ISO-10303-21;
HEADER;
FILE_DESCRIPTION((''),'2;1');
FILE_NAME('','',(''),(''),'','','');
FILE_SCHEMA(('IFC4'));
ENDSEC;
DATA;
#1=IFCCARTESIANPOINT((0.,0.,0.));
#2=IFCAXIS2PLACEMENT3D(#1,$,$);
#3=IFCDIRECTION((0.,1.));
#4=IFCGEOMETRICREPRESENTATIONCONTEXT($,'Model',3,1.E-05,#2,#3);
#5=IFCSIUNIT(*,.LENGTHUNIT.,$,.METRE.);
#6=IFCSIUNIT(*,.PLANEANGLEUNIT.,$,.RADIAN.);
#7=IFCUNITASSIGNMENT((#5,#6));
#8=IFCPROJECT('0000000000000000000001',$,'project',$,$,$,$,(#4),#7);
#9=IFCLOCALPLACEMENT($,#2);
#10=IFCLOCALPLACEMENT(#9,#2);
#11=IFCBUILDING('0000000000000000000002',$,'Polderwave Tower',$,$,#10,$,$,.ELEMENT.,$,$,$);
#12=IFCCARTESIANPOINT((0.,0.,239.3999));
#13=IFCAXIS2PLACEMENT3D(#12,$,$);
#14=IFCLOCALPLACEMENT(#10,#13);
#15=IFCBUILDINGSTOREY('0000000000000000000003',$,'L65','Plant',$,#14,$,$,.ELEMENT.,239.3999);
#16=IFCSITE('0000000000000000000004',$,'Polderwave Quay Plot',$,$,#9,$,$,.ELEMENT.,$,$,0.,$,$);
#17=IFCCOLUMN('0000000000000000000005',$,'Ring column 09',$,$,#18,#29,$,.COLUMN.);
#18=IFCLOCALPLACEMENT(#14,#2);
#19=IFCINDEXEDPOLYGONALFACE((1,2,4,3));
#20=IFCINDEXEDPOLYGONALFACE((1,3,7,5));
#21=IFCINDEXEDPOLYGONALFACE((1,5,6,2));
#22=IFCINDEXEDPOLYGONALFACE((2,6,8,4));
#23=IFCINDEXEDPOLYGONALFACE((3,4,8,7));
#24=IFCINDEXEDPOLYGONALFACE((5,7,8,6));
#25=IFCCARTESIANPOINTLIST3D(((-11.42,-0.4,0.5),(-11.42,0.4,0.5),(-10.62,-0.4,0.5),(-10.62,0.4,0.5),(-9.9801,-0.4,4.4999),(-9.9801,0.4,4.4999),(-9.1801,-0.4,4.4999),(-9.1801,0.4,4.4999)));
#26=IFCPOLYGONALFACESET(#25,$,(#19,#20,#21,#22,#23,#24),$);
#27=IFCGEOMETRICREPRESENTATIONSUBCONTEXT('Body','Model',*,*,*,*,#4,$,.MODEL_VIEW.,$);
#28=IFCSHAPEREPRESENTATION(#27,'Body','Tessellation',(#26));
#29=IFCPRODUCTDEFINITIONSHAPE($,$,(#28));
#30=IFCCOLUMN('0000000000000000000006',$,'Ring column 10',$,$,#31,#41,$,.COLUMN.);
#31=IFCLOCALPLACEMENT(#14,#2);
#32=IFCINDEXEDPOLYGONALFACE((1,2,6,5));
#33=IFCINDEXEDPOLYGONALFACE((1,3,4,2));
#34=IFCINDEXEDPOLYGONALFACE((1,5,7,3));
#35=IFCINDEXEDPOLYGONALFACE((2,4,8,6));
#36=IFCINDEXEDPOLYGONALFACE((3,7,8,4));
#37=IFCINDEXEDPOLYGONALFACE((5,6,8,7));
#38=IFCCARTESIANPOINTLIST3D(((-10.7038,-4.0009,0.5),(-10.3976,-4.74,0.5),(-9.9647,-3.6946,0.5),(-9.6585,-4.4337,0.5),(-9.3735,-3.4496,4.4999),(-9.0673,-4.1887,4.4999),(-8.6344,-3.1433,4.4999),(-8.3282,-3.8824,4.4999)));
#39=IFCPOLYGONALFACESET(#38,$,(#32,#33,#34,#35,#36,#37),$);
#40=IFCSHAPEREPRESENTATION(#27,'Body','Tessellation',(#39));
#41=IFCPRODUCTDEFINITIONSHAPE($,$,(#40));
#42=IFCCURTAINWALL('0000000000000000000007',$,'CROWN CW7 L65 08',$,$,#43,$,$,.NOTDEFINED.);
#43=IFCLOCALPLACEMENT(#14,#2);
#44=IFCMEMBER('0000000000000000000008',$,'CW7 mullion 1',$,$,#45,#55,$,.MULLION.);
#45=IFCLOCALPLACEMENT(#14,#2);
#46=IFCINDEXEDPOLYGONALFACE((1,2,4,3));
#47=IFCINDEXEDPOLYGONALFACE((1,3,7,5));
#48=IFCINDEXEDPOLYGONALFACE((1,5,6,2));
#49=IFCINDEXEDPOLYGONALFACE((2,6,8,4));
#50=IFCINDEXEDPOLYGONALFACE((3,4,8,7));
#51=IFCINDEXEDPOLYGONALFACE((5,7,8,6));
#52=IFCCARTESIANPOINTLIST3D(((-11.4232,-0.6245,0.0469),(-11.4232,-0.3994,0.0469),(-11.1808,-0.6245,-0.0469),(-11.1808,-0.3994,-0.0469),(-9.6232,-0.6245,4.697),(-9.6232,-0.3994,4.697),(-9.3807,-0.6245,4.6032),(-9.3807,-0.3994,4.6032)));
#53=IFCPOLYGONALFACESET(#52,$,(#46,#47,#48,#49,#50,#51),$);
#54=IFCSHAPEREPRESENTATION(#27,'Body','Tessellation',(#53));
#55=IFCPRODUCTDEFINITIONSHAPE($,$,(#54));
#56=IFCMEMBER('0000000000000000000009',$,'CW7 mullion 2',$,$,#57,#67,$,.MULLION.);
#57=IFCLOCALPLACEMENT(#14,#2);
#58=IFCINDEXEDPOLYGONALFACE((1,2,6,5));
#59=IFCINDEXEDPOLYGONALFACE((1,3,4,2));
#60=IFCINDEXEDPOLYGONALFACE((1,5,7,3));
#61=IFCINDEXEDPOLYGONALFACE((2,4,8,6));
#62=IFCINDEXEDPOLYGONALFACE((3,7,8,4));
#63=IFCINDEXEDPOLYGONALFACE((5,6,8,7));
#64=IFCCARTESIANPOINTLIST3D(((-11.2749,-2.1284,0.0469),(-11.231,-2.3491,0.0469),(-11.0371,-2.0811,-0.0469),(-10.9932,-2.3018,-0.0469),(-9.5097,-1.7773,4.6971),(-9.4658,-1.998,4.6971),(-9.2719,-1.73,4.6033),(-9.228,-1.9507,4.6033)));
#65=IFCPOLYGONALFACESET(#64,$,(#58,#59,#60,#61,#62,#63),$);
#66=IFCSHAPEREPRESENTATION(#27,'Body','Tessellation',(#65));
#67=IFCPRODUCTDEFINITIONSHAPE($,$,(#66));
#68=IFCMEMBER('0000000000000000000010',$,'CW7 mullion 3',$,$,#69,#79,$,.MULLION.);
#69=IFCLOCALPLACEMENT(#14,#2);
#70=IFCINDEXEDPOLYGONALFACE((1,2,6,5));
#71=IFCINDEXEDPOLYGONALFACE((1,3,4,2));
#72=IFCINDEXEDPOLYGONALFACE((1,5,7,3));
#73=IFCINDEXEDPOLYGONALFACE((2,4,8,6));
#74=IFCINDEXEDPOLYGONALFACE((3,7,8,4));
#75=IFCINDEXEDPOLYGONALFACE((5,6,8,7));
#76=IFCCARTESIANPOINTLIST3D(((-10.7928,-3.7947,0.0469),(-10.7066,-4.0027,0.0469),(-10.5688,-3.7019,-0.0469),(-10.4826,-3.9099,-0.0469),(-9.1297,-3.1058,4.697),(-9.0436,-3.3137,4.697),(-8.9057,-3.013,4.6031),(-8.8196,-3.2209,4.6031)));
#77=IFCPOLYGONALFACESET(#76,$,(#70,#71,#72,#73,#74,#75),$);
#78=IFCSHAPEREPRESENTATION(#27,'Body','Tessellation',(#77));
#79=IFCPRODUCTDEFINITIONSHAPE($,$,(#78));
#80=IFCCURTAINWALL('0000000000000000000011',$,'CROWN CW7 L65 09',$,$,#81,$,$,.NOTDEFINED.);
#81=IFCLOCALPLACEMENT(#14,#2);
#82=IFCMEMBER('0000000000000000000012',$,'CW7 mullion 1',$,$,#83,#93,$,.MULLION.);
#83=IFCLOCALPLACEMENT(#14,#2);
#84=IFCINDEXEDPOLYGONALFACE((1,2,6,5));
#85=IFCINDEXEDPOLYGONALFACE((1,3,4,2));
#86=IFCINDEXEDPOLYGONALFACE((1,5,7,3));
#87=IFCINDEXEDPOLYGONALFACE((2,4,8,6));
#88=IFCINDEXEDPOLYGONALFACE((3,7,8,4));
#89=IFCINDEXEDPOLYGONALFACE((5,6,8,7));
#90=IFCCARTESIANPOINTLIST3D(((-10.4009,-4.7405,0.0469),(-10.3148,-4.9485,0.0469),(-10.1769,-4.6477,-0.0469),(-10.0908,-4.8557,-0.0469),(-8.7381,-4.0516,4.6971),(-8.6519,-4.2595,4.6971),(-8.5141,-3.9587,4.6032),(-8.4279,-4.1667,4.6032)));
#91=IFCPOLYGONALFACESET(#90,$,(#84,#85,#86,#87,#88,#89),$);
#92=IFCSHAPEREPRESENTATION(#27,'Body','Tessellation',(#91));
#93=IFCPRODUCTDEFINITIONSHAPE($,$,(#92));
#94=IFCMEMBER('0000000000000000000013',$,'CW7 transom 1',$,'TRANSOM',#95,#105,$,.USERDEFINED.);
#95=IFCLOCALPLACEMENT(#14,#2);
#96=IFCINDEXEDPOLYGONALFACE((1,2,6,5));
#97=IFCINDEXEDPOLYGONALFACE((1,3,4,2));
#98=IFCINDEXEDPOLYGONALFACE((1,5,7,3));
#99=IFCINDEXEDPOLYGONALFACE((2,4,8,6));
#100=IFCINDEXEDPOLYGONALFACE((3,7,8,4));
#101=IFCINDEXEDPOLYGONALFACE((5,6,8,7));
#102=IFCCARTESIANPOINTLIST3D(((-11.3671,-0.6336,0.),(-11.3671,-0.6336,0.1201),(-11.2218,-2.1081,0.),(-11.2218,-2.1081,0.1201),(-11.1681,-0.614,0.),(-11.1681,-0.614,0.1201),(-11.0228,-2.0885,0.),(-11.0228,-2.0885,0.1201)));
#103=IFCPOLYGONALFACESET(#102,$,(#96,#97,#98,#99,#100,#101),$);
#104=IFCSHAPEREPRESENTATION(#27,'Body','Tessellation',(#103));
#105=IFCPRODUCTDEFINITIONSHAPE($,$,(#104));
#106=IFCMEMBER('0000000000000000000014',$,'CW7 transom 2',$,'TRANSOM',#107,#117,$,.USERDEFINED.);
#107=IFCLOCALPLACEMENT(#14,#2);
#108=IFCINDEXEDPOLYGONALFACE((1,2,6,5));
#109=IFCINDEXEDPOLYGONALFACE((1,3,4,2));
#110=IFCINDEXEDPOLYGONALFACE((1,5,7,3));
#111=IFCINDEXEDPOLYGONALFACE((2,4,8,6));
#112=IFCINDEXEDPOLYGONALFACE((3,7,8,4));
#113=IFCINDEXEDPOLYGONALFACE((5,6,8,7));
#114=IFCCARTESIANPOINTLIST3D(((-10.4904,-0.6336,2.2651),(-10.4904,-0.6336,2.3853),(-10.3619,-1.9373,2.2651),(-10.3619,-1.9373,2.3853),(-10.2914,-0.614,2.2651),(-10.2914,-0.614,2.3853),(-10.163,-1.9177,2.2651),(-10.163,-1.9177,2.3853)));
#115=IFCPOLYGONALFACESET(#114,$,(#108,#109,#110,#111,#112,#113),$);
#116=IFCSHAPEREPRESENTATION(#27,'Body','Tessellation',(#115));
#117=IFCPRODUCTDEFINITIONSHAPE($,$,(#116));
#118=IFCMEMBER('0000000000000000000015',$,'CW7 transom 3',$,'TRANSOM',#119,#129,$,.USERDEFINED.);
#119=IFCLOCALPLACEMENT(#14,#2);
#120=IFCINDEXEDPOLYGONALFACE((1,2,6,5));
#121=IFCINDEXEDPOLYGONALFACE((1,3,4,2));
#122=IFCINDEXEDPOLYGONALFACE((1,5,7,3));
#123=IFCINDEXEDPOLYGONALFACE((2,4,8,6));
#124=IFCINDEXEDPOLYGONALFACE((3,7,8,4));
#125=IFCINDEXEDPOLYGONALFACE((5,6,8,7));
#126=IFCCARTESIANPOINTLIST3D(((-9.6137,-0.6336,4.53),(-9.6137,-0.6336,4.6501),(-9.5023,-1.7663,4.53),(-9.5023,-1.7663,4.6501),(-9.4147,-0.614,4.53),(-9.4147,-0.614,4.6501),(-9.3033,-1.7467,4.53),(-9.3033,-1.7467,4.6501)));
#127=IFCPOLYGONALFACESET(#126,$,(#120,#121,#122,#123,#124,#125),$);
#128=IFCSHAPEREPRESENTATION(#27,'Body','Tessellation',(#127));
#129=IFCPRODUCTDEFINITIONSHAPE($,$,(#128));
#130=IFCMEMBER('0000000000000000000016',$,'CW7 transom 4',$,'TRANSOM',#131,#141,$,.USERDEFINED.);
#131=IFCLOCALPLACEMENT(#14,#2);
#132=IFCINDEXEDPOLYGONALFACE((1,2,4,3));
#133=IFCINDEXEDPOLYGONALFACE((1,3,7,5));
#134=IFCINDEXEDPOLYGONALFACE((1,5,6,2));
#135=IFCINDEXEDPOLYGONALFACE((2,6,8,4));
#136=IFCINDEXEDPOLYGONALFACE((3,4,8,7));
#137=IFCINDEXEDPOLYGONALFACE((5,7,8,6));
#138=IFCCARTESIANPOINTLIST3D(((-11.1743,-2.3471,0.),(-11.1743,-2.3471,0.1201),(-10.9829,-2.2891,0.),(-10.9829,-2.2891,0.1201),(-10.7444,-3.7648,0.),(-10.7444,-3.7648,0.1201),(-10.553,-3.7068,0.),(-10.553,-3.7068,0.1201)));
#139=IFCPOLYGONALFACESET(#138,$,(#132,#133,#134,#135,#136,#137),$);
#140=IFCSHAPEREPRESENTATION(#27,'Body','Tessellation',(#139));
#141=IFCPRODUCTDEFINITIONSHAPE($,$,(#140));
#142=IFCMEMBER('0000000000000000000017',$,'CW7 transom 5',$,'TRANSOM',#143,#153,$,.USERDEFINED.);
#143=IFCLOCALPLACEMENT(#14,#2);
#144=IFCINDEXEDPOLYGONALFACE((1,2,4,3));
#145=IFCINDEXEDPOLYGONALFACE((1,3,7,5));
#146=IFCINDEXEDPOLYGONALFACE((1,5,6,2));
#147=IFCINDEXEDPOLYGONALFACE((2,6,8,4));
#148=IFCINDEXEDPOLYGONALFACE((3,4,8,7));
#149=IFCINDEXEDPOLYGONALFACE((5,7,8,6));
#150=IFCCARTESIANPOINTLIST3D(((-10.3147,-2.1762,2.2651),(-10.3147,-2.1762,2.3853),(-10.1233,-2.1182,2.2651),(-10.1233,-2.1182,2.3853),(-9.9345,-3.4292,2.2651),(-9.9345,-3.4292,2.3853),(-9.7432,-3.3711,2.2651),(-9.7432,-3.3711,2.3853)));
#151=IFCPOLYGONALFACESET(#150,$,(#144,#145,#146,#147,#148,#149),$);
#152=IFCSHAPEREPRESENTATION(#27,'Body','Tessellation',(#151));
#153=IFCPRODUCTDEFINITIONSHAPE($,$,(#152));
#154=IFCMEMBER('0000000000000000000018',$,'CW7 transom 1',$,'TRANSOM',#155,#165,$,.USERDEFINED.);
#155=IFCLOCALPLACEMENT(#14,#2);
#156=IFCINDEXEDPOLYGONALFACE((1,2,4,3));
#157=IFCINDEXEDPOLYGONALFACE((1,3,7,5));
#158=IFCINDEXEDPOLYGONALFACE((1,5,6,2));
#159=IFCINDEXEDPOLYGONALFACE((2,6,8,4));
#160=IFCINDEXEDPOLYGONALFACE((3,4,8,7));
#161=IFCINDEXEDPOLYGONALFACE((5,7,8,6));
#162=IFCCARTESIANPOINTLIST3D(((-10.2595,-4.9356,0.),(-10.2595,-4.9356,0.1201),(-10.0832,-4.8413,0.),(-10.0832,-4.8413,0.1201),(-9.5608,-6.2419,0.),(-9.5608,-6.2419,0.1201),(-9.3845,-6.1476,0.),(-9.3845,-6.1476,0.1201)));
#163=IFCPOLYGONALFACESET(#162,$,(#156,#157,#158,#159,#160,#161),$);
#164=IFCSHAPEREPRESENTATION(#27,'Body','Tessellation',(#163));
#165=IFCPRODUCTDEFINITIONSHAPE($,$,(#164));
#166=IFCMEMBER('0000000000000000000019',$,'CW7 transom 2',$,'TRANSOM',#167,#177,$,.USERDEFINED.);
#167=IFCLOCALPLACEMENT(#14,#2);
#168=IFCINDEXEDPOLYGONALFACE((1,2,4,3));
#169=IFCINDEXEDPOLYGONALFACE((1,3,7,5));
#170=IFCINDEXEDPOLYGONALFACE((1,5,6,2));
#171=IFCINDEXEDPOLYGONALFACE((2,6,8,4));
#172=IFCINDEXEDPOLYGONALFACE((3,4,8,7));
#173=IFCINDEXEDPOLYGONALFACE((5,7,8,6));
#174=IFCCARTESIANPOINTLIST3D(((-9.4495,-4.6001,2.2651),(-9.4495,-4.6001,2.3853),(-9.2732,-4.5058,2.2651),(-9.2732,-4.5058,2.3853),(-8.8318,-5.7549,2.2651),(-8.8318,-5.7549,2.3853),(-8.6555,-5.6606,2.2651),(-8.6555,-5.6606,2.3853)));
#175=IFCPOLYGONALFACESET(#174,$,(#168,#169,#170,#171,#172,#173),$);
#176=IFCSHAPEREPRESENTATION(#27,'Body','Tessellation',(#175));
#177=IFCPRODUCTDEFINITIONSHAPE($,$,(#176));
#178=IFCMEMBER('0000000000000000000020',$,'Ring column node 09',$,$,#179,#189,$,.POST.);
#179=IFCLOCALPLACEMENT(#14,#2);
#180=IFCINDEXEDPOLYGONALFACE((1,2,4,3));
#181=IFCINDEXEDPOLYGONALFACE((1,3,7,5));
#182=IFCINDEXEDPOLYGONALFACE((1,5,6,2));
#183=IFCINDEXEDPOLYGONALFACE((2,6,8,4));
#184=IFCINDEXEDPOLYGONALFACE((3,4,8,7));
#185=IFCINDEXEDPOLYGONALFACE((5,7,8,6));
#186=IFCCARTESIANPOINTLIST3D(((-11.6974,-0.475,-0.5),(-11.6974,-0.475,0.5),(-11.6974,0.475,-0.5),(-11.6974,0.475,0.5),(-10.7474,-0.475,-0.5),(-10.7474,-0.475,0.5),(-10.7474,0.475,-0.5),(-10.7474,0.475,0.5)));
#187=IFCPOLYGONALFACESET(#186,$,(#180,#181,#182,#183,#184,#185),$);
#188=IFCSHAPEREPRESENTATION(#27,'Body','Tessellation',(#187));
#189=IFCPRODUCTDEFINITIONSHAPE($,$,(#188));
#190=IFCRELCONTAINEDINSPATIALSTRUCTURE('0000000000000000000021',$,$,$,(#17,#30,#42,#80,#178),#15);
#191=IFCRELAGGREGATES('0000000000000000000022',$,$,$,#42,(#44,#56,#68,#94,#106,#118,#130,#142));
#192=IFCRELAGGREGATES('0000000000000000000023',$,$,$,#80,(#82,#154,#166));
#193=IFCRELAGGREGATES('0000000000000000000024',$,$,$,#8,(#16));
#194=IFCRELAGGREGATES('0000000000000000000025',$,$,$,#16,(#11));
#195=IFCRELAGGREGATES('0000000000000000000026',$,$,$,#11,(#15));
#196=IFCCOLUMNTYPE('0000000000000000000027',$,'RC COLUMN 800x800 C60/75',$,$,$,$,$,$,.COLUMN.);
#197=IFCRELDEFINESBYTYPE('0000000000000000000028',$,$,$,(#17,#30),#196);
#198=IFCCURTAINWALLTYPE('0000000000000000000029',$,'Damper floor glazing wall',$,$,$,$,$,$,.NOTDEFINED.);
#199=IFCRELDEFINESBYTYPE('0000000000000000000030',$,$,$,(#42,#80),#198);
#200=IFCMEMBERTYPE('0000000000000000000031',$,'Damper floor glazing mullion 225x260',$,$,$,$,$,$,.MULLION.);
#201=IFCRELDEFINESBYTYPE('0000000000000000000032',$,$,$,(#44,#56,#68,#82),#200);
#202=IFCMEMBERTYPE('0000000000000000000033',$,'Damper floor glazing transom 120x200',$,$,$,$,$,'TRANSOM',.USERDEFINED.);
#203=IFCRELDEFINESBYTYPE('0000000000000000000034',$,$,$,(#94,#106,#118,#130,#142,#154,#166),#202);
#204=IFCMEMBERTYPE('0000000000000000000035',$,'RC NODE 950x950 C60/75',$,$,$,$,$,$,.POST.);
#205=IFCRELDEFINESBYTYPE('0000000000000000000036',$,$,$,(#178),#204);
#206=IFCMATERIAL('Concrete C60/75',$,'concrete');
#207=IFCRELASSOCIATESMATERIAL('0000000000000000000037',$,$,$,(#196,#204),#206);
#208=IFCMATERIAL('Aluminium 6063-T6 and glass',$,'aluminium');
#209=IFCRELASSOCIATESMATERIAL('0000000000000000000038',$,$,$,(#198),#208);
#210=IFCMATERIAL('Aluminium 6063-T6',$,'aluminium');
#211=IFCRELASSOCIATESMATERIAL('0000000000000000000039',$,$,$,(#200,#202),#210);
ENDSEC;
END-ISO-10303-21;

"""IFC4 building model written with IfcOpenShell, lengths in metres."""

from ifc_helpers import new_model, si_unit, direction, frame, origin, origin_2d, place, context, subcontext, project, spatial, rectangle, extrude, material, material_profile, profile_set, type_object, element, aggregate, save


model = new_model("IFC4")

# Units and contexts
model_context = context("Model", 3, precision=1e-05, world=origin(), true_north=direction((0.0, 1.0)))
body_context = subcontext(model_context, "Body", "Model", "MODEL_VIEW")
ifc_project = project(units=[si_unit("LENGTHUNIT", "METRE"), si_unit("PLANEANGLEUNIT", "RADIAN")], contexts=[model_context])

# Site, building, storey
site_placement = place(None, origin())
site = spatial("IfcSite", under=ifc_project, at=site_placement, Name="Polderwave Quay Plot", CompositionType="ELEMENT", RefElevation=0.0)
building_placement = place(site_placement, origin())
building = spatial("IfcBuilding", under=site, at=building_placement, Name="Polderwave Tower", CompositionType="ELEMENT")
storey_placement = place(building_placement, frame((0.0, 0.0, 239.3999)))
storey = spatial("IfcBuildingStorey", under=building, at=storey_placement, Name="L65", Description="Plant", CompositionType="ELEMENT", Elevation=239.3999)

# Columns
ifc_material_1 = material(Name="Concrete C60/75", Category="concrete")
ifc_material_profile_1 = material_profile(ifc_material_1, rectangle(XDim=0.8, YDim=0.8, at=origin_2d()), Name="RC 800x800")
ifc_profile_set_1 = profile_set([ifc_material_profile_1], Name="Concrete C60/75")
column_type = type_object("IfcColumnType", Name="RC COLUMN 800x800 C60/75", PredefinedType="COLUMN", material=ifc_profile_set_1)
column_1_placement = place(storey_placement, frame((-11.02, 0.0, 0.5), z_axis=(0.0, 0.0, 1.0), x_axis=(0.0, 1.0, 0.0)))
element("IfcColumn", 1, at=column_1_placement, inside=storey, type_object=column_type, Name="Ring column 09", PredefinedType="COLUMN", context=body_context, shape_type="SweptSolid", body=[
    extrude(rectangle(XDim=0.8, YDim=0.8, at=origin_2d()), origin(), (0.0, -0.338707, 0.940892), 4.2512),
])
column_2_placement = place(storey_placement, frame((-10.1812, -4.2173, 0.5), z_axis=(0.0, 0.0, 1.0), x_axis=(-0.382821, 0.923823, 0.0)))
element("IfcColumn", 2, at=column_2_placement, inside=storey, type_object=column_type, Name="Ring column 10", PredefinedType="COLUMN", context=body_context, shape_type="SweptSolid", body=[
    extrude(rectangle(XDim=0.8, YDim=0.8, at=origin_2d()), origin(), (0.0, -0.338723, 0.940886), 4.2512),
])

# Curtain wall, members
ifc_material_2 = material(Name="Aluminium 6063-T6 and glass", Category="aluminium")
curtain_wall_type = type_object("IfcCurtainWallType", Name="Damper floor glazing wall", PredefinedType="NOTDEFINED", material=ifc_material_2)
curtain_wall_1_placement = place(storey_placement, origin())
curtain_wall_1 = element("IfcCurtainWall", 3, at=curtain_wall_1_placement, inside=storey, type_object=curtain_wall_type, Name="CROWN CW7 L65 08", PredefinedType="NOTDEFINED")
ifc_material_3 = material(Name="Aluminium 6063-T6", Category="aluminium")
ifc_material_profile_2 = material_profile(ifc_material_3, rectangle(XDim=0.2251, YDim=0.26, at=origin_2d()), Name="AL 225x260")
ifc_profile_set_2 = profile_set([ifc_material_profile_2], Name="Aluminium 6063-T6")
member_type_1 = type_object("IfcMemberType", Name="Damper floor glazing mullion 225x260", PredefinedType="MULLION", material=ifc_profile_set_2)
member_1_placement = place(storey_placement, frame((-11.302, -0.512, 0.0), z_axis=(0.360993, 0.0, 0.932569), x_axis=(0.0, 1.0, 0.0)))
member_1 = element("IfcMember", 4, at=member_1_placement, type_object=member_type_1, Name="CW7 mullion 1", PredefinedType="MULLION", context=body_context, shape_type="SweptSolid", body=[
    extrude(rectangle(XDim=0.2251, YDim=0.26, at=origin_2d()), origin(), (0.0, 0.0, 1.0), 4.9863),
])
member_2_placement = place(storey_placement, frame((-11.134, -2.2151, 0.0), z_axis=(0.354, 0.070408, 0.932591), x_axis=(-0.195073, 0.980789, 0.0)))
member_2 = element("IfcMember", 5, at=member_2_placement, type_object=member_type_1, Name="CW7 mullion 2", PredefinedType="MULLION", context=body_context, shape_type="SweptSolid", body=[
    extrude(rectangle(XDim=0.2251, YDim=0.26, at=origin_2d()), origin(), (0.0, 0.0, 1.0), 4.9863),
])
member_3_placement = place(storey_placement, frame((-10.6377, -3.8523, 0.0), z_axis=(0.333523, 0.138168, 0.932562), x_axis=(-0.382727, 0.923861, 0.0)))
member_3 = element("IfcMember", 6, at=member_3_placement, type_object=member_type_1, Name="CW7 mullion 3", PredefinedType="MULLION", context=body_context, shape_type="SweptSolid", body=[
    extrude(rectangle(XDim=0.2251, YDim=0.26, at=origin_2d()), origin(), (0.0, 0.0, 1.0), 4.9863),
])

# Curtain wall, member
curtain_wall_2_placement = place(storey_placement, origin())
curtain_wall_2 = element("IfcCurtainWall", 7, at=curtain_wall_2_placement, inside=storey, type_object=curtain_wall_type, Name="CROWN CW7 L65 09", PredefinedType="NOTDEFINED")
member_4_placement = place(storey_placement, frame((-10.2458, -4.7981, 0.0), z_axis=(0.333479, 0.13817, 0.932577), x_axis=(-0.382775, 0.923842, 0.0)))
member_4 = element("IfcMember", 8, at=member_4_placement, type_object=member_type_1, Name="CW7 mullion 1", PredefinedType="MULLION", context=body_context, shape_type="SweptSolid", body=[
    extrude(rectangle(XDim=0.2251, YDim=0.26, at=origin_2d()), origin(), (0.0, 0.0, 1.0), 4.9863),
])

# Members
ifc_material_profile_3 = material_profile(ifc_material_3, rectangle(XDim=0.2, YDim=0.1201, at=origin_2d()), Name="AL 120x200")
ifc_profile_set_3 = profile_set([ifc_material_profile_3], Name="Aluminium 6063-T6")
member_type_2 = type_object("IfcMemberType", Name="Damper floor glazing transom 120x200", ElementType="TRANSOM", PredefinedType="USERDEFINED", material=ifc_profile_set_3)
member_5_placement = place(storey_placement, frame((-11.2676, -0.6238, 0.0601), z_axis=(0.098035, -0.995183, 0.0), x_axis=(0.995183, 0.098035, 0.0)))
member_5 = element("IfcMember", 9, at=member_5_placement, type_object=member_type_2, Name="CW7 transom 1", ObjectType="TRANSOM", PredefinedType="USERDEFINED", context=body_context, shape_type="SweptSolid", body=[
    extrude(rectangle(XDim=0.2, YDim=0.1201, at=origin_2d()), origin(), (0.0, 0.0, 1.0), 1.4817),
])
member_6_placement = place(storey_placement, frame((-10.3909, -0.6238, 2.3252), z_axis=(0.098027, -0.995184, 0.0), x_axis=(0.995184, 0.098027, 0.0)))
member_6 = element("IfcMember", 10, at=member_6_placement, type_object=member_type_2, Name="CW7 transom 2", ObjectType="TRANSOM", PredefinedType="USERDEFINED", context=body_context, shape_type="SweptSolid", body=[
    extrude(rectangle(XDim=0.2, YDim=0.1201, at=origin_2d()), origin(), (0.0, 0.0, 1.0), 1.3101),
])
member_7_placement = place(storey_placement, frame((-9.5142, -0.6238, 4.5901), z_axis=(0.097805, -0.995206, 0.0), x_axis=(0.995206, 0.097805, 0.0)))
member_7 = element("IfcMember", 11, at=member_7_placement, type_object=member_type_2, Name="CW7 transom 3", ObjectType="TRANSOM", PredefinedType="USERDEFINED", context=body_context, shape_type="SweptSolid", body=[
    extrude(rectangle(XDim=0.2, YDim=0.1201, at=origin_2d()), origin(), (0.0, 0.0, 1.0), 1.1382),
])
member_8_placement = place(storey_placement, frame((-11.0786, -2.3181, 0.0601), z_axis=(0.290204, -0.956965, 0.0), x_axis=(0.956965, 0.290204, 0.0)))
member_8 = element("IfcMember", 12, at=member_8_placement, type_object=member_type_2, Name="CW7 transom 4", ObjectType="TRANSOM", PredefinedType="USERDEFINED", context=body_context, shape_type="SweptSolid", body=[
    extrude(rectangle(XDim=0.2, YDim=0.1201, at=origin_2d()), origin(), (0.0, 0.0, 1.0), 1.4814),
])
member_9_placement = place(storey_placement, frame((-10.219, -2.1472, 2.3252), z_axis=(0.290323, -0.956929, 0.0), x_axis=(0.956929, 0.290323, 0.0)))
member_9 = element("IfcMember", 13, at=member_9_placement, type_object=member_type_2, Name="CW7 transom 5", ObjectType="TRANSOM", PredefinedType="USERDEFINED", context=body_context, shape_type="SweptSolid", body=[
    extrude(rectangle(XDim=0.2, YDim=0.1201, at=origin_2d()), origin(), (0.0, 0.0, 1.0), 1.3093),
])
member_10_placement = place(storey_placement, frame((-10.1714, -4.8884, 0.0601), z_axis=(0.471631, -0.881796, 0.0), x_axis=(0.881796, 0.471631, 0.0)))
member_10 = element("IfcMember", 14, at=member_10_placement, type_object=member_type_2, Name="CW7 transom 1", ObjectType="TRANSOM", PredefinedType="USERDEFINED", context=body_context, shape_type="SweptSolid", body=[
    extrude(rectangle(XDim=0.2, YDim=0.1201, at=origin_2d()), origin(), (0.0, 0.0, 1.0), 1.4814),
])
member_11_placement = place(storey_placement, frame((-9.3613, -4.553, 2.3252), z_axis=(0.471652, -0.881785, 0.0), x_axis=(0.881785, 0.471652, 0.0)))
member_11 = element("IfcMember", 15, at=member_11_placement, type_object=member_type_2, Name="CW7 transom 2", ObjectType="TRANSOM", PredefinedType="USERDEFINED", context=body_context, shape_type="SweptSolid", body=[
    extrude(rectangle(XDim=0.2, YDim=0.1201, at=origin_2d()), origin(), (0.0, 0.0, 1.0), 1.3096),
])

# Member
ifc_material_profile_4 = material_profile(ifc_material_1, rectangle(XDim=0.95, YDim=0.95, at=origin_2d()), Name="RC 950x950")
ifc_profile_set_4 = profile_set([ifc_material_profile_4], Name="Concrete C60/75")
member_type_3 = type_object("IfcMemberType", Name="RC NODE 950x950 C60/75", PredefinedType="POST", material=ifc_profile_set_4)
for number, where, z_axis, x_axis, name in (
    (16, (-11.2224, 0.0, -0.5), (0.0, 0.0, 1.0), (-1.0, 0.0, 0.0), "Ring column node 09"),
):
    element("IfcMember", number, at=place(storey_placement, frame(where, z_axis=z_axis, x_axis=x_axis)), inside=storey, type_object=member_type_3, Name=name, PredefinedType="POST", context=body_context, shape_type="SweptSolid", body=[
        extrude(rectangle(XDim=0.95, YDim=0.95, at=origin_2d()), origin(), (0.0, 0.0, 1.0), 1.0),
    ])

aggregate(curtain_wall_1, [member_1, member_2, member_3, member_5, member_6, member_7, member_8, member_9])
aggregate(curtain_wall_2, [member_4, member_10, member_11])

save(model, "model.ifc")
